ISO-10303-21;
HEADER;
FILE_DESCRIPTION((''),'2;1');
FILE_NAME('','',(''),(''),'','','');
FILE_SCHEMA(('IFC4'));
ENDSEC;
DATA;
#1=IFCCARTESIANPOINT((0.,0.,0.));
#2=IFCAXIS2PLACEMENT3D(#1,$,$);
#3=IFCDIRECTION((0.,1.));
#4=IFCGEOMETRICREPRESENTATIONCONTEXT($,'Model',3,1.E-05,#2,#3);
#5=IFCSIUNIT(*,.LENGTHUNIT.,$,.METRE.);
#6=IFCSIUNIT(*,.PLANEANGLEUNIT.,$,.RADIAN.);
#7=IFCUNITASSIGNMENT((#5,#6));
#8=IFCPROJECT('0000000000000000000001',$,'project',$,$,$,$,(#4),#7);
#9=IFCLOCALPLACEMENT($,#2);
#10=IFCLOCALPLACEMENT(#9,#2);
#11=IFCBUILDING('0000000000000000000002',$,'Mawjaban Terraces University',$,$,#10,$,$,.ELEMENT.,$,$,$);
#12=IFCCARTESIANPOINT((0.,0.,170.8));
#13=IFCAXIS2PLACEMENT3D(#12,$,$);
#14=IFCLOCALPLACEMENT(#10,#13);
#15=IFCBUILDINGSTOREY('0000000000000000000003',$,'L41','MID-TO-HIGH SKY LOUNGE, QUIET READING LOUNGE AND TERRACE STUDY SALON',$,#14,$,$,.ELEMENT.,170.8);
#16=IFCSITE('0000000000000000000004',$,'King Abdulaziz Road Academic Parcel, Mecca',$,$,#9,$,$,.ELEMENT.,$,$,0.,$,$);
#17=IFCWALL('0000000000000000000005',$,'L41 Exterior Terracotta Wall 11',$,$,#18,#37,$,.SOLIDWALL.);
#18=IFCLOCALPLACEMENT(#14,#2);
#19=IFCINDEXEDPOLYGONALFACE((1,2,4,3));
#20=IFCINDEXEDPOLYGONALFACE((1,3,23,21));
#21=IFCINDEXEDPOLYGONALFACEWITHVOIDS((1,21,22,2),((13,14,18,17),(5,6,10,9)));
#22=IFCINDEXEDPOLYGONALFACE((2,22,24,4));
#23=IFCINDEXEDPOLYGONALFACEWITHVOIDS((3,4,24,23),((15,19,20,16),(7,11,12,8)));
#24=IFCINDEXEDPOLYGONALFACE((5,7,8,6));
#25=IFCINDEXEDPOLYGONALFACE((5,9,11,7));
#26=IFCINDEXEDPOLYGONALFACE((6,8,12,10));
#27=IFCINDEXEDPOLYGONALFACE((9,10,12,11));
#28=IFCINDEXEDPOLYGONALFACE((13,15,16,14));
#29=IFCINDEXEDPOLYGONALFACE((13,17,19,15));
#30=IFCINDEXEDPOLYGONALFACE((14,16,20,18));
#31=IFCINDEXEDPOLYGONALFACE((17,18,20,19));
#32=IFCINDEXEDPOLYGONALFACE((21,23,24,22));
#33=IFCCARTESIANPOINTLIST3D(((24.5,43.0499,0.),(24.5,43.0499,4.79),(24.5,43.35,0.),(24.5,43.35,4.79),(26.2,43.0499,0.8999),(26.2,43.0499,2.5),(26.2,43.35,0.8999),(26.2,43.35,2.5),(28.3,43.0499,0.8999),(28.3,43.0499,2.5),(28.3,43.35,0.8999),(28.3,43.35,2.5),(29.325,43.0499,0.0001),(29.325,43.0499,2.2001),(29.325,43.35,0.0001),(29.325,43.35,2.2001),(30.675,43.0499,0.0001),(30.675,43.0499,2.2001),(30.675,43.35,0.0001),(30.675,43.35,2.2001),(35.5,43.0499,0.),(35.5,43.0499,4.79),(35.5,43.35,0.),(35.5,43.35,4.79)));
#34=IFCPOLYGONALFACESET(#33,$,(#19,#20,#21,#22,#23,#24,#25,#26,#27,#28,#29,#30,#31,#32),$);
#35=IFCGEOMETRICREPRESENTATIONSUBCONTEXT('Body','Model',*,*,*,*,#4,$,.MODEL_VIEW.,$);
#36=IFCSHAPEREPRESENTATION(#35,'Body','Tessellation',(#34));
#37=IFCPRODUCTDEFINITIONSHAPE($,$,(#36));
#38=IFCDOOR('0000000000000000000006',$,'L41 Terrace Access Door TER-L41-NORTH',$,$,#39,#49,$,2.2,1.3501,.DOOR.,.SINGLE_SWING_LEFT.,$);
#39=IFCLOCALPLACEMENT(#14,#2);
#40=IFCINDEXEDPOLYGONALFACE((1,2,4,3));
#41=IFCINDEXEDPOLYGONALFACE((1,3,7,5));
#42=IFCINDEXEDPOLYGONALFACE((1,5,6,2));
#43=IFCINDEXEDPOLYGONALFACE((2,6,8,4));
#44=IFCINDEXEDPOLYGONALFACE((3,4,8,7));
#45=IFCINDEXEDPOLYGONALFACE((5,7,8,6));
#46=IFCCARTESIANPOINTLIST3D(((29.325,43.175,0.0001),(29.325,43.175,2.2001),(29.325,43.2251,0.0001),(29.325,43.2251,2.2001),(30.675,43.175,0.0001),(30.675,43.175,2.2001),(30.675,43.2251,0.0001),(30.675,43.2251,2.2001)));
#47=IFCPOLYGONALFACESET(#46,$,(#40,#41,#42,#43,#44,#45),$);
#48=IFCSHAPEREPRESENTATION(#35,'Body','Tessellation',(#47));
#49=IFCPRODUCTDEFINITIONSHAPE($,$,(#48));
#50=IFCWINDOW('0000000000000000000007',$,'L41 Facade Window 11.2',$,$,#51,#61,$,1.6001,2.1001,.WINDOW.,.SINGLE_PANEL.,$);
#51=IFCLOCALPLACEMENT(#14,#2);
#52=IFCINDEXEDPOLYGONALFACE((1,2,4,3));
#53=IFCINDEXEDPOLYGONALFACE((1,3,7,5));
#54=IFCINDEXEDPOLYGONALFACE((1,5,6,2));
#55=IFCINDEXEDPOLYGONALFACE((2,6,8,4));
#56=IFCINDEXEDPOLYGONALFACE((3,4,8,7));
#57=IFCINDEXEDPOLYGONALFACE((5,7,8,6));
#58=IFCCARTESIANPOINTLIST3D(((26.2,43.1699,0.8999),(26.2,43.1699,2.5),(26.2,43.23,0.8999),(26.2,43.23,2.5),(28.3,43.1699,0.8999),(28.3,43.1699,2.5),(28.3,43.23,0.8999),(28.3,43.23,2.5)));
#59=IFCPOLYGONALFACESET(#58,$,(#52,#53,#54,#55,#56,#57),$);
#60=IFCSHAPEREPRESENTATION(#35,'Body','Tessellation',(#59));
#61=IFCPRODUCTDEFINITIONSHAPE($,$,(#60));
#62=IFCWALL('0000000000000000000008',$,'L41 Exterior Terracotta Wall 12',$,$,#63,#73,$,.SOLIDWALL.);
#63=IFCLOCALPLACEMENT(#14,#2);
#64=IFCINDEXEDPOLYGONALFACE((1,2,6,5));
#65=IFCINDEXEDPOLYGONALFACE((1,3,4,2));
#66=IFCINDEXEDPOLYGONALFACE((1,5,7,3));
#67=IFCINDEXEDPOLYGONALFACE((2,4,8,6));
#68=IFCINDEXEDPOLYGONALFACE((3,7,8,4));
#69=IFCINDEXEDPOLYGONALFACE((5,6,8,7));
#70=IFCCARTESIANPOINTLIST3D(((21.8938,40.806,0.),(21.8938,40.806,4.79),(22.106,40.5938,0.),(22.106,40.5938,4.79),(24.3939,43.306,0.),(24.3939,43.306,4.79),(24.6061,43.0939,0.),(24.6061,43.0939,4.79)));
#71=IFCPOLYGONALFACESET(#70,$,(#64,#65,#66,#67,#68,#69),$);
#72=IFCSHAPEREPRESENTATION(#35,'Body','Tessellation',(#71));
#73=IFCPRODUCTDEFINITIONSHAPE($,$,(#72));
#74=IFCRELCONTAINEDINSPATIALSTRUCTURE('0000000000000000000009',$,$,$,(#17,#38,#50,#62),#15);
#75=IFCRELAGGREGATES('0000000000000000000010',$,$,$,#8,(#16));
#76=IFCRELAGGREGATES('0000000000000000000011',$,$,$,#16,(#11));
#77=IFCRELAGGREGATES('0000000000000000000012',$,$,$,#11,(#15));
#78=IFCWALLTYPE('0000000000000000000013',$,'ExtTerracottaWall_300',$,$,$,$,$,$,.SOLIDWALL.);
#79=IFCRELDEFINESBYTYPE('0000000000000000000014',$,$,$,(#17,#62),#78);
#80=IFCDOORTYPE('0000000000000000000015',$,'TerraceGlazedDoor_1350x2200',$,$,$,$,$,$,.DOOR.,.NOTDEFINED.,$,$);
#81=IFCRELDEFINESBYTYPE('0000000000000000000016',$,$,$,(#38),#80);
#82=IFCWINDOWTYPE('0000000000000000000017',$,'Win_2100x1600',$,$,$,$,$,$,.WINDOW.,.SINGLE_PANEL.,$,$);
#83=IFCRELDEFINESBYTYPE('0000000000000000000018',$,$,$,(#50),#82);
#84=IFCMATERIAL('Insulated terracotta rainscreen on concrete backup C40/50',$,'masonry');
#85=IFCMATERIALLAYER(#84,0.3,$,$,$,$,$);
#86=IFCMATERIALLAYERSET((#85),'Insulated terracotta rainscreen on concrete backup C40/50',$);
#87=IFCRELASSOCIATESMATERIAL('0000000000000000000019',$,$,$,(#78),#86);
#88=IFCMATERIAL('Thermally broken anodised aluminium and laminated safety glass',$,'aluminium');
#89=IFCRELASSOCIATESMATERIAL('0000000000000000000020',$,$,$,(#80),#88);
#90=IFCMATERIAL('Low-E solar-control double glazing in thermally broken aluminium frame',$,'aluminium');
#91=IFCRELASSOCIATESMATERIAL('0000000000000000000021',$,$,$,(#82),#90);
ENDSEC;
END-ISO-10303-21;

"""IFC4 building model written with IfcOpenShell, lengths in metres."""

from ifc_helpers import new_model, si_unit, direction, frame, frame_2d, origin, place, context, subcontext, project, spatial, rectangle, extrude, material, layer, layer_set, type_object, element, fill, save


model = new_model("IFC4")

# Units and contexts
model_context = context("Model", 3, precision=1e-05, world=origin(), true_north=direction((0.0, 1.0)))
body_context = subcontext(model_context, "Body", "Model", "MODEL_VIEW")
ifc_project = project(units=[si_unit("LENGTHUNIT", "METRE"), si_unit("PLANEANGLEUNIT", "RADIAN")], contexts=[model_context])

# Site, building, storey
site_placement = place(None, origin())
site = spatial("IfcSite", under=ifc_project, at=site_placement, Name="King Abdulaziz Road Academic Parcel, Mecca", CompositionType="ELEMENT", RefElevation=0.0)
building_placement = place(site_placement, origin())
building = spatial("IfcBuilding", under=site, at=building_placement, Name="Mawjaban Terraces University", CompositionType="ELEMENT")
storey_placement = place(building_placement, frame((0.0, 0.0, 170.8)))
storey = spatial("IfcBuildingStorey", under=building, at=storey_placement, Name="L41", Description="MID-TO-HIGH SKY LOUNGE, QUIET READING LOUNGE AND TERRACE STUDY SALON", CompositionType="ELEMENT", Elevation=170.8)

# Wall, openings, door, window
ifc_material_1 = material(Name="Insulated terracotta rainscreen on concrete backup C40/50", Category="masonry")
ifc_layer_1 = layer(ifc_material_1, 0.3)
ifc_layer_set_1 = layer_set([ifc_layer_1], Name="Insulated terracotta rainscreen on concrete backup C40/50")
wall_type_1 = type_object("IfcWallType", Name="ExtTerracottaWall_300", PredefinedType="SOLIDWALL", material=ifc_layer_set_1)
wall_1_placement = place(storey_placement, frame((35.5, 43.2, 0.0), z_axis=(0.0, 0.0, 1.0), x_axis=(-1.0, 0.0, 0.0)))
wall_1 = element("IfcWall", 1, at=wall_1_placement, inside=storey, type_object=wall_type_1, Name="L41 Exterior Terracotta Wall 11", PredefinedType="SOLIDWALL", context=body_context, shape_type="SweptSolid", body=[
    extrude(rectangle(XDim=11.0, YDim=0.3, at=frame_2d((5.5, 0.0))), origin(), (0.0, 0.0, 1.0), 4.79),
])
opening_1_placement = place(wall_1_placement, frame((4.825, 0.0, 0.0)))
opening_1 = element("IfcOpeningElement", 2, at=opening_1_placement, cuts=wall_1, PredefinedType="OPENING", context=body_context, shape_type="SweptSolid", body=[
    extrude(rectangle(XDim=1.3501, YDim=2.2, at=frame_2d((0.675, 1.1001))), frame((0.0, 0.1599, 0.0), z_axis=(0.0, -1.0, 0.0), x_axis=(1.0, 0.0, 0.0)), (0.0, 0.0, 1.0), 0.3201),
])
opening_2_placement = place(wall_1_placement, frame((7.2, 0.0, 0.8999)))
opening_2 = element("IfcOpeningElement", 3, at=opening_2_placement, cuts=wall_1, PredefinedType="OPENING", context=body_context, shape_type="SweptSolid", body=[
    extrude(rectangle(XDim=2.1001, YDim=1.6001, at=frame_2d((1.05, 0.8))), frame((0.0, 0.1599, 0.0), z_axis=(0.0, -1.0, 0.0), x_axis=(1.0, 0.0, 0.0)), (0.0, 0.0, 1.0), 0.3201),
])
ifc_material_2 = material(Name="Thermally broken anodised aluminium and laminated safety glass", Category="aluminium")
door_type_1 = type_object("IfcDoorType", Name="TerraceGlazedDoor_1350x2200", OperationType="NOTDEFINED", PredefinedType="DOOR", material=ifc_material_2)
door_1_placement = place(opening_1_placement, origin())
door_1 = element("IfcDoor", 4, at=door_1_placement, inside=storey, type_object=door_type_1, Name="L41 Terrace Access Door TER-L41-NORTH", OperationType="SINGLE_SWING_LEFT", OverallHeight=2.2, OverallWidth=1.3501, PredefinedType="DOOR", context=body_context, shape_type="SweptSolid", body=[
    extrude(rectangle(XDim=1.3501, YDim=2.2, at=frame_2d((0.675, 1.1001))), frame((0.0, 0.0249, 0.0), z_axis=(0.0, -1.0, 0.0), x_axis=(1.0, 0.0, 0.0)), (0.0, 0.0, 1.0), 0.05),
])
fill(opening_1, door_1)
ifc_material_3 = material(Name="Low-E solar-control double glazing in thermally broken aluminium frame", Category="aluminium")
window_type_1 = type_object("IfcWindowType", Name="Win_2100x1600", PartitioningType="SINGLE_PANEL", PredefinedType="WINDOW", material=ifc_material_3)
window_1_placement = place(opening_2_placement, origin())
window_1 = element("IfcWindow", 5, at=window_1_placement, inside=storey, type_object=window_type_1, Name="L41 Facade Window 11.2", OverallHeight=1.6001, OverallWidth=2.1001, PartitioningType="SINGLE_PANEL", PredefinedType="WINDOW", context=body_context, shape_type="SweptSolid", body=[
    extrude(rectangle(XDim=2.1001, YDim=1.6001, at=frame_2d((1.05, 0.8))), frame((0.0, 0.03, 0.0), z_axis=(0.0, -1.0, 0.0), x_axis=(1.0, 0.0, 0.0)), (0.0, 0.0, 1.0), 0.0601),
])
fill(opening_2, window_1)

# Wall
wall_2_placement = place(storey_placement, frame((24.5, 43.2, 0.0), z_axis=(0.0, 0.0, 1.0), x_axis=(-0.707107, -0.707107, 0.0)))
element("IfcWall", 6, at=wall_2_placement, inside=storey, type_object=wall_type_1, Name="L41 Exterior Terracotta Wall 12", PredefinedType="SOLIDWALL", context=body_context, shape_type="SweptSolid", body=[
    extrude(rectangle(XDim=3.5356, YDim=0.3, at=frame_2d((1.7678, 0.0))), origin(), (0.0, 0.0, 1.0), 4.79),
])

save(model, "model.ifc")
